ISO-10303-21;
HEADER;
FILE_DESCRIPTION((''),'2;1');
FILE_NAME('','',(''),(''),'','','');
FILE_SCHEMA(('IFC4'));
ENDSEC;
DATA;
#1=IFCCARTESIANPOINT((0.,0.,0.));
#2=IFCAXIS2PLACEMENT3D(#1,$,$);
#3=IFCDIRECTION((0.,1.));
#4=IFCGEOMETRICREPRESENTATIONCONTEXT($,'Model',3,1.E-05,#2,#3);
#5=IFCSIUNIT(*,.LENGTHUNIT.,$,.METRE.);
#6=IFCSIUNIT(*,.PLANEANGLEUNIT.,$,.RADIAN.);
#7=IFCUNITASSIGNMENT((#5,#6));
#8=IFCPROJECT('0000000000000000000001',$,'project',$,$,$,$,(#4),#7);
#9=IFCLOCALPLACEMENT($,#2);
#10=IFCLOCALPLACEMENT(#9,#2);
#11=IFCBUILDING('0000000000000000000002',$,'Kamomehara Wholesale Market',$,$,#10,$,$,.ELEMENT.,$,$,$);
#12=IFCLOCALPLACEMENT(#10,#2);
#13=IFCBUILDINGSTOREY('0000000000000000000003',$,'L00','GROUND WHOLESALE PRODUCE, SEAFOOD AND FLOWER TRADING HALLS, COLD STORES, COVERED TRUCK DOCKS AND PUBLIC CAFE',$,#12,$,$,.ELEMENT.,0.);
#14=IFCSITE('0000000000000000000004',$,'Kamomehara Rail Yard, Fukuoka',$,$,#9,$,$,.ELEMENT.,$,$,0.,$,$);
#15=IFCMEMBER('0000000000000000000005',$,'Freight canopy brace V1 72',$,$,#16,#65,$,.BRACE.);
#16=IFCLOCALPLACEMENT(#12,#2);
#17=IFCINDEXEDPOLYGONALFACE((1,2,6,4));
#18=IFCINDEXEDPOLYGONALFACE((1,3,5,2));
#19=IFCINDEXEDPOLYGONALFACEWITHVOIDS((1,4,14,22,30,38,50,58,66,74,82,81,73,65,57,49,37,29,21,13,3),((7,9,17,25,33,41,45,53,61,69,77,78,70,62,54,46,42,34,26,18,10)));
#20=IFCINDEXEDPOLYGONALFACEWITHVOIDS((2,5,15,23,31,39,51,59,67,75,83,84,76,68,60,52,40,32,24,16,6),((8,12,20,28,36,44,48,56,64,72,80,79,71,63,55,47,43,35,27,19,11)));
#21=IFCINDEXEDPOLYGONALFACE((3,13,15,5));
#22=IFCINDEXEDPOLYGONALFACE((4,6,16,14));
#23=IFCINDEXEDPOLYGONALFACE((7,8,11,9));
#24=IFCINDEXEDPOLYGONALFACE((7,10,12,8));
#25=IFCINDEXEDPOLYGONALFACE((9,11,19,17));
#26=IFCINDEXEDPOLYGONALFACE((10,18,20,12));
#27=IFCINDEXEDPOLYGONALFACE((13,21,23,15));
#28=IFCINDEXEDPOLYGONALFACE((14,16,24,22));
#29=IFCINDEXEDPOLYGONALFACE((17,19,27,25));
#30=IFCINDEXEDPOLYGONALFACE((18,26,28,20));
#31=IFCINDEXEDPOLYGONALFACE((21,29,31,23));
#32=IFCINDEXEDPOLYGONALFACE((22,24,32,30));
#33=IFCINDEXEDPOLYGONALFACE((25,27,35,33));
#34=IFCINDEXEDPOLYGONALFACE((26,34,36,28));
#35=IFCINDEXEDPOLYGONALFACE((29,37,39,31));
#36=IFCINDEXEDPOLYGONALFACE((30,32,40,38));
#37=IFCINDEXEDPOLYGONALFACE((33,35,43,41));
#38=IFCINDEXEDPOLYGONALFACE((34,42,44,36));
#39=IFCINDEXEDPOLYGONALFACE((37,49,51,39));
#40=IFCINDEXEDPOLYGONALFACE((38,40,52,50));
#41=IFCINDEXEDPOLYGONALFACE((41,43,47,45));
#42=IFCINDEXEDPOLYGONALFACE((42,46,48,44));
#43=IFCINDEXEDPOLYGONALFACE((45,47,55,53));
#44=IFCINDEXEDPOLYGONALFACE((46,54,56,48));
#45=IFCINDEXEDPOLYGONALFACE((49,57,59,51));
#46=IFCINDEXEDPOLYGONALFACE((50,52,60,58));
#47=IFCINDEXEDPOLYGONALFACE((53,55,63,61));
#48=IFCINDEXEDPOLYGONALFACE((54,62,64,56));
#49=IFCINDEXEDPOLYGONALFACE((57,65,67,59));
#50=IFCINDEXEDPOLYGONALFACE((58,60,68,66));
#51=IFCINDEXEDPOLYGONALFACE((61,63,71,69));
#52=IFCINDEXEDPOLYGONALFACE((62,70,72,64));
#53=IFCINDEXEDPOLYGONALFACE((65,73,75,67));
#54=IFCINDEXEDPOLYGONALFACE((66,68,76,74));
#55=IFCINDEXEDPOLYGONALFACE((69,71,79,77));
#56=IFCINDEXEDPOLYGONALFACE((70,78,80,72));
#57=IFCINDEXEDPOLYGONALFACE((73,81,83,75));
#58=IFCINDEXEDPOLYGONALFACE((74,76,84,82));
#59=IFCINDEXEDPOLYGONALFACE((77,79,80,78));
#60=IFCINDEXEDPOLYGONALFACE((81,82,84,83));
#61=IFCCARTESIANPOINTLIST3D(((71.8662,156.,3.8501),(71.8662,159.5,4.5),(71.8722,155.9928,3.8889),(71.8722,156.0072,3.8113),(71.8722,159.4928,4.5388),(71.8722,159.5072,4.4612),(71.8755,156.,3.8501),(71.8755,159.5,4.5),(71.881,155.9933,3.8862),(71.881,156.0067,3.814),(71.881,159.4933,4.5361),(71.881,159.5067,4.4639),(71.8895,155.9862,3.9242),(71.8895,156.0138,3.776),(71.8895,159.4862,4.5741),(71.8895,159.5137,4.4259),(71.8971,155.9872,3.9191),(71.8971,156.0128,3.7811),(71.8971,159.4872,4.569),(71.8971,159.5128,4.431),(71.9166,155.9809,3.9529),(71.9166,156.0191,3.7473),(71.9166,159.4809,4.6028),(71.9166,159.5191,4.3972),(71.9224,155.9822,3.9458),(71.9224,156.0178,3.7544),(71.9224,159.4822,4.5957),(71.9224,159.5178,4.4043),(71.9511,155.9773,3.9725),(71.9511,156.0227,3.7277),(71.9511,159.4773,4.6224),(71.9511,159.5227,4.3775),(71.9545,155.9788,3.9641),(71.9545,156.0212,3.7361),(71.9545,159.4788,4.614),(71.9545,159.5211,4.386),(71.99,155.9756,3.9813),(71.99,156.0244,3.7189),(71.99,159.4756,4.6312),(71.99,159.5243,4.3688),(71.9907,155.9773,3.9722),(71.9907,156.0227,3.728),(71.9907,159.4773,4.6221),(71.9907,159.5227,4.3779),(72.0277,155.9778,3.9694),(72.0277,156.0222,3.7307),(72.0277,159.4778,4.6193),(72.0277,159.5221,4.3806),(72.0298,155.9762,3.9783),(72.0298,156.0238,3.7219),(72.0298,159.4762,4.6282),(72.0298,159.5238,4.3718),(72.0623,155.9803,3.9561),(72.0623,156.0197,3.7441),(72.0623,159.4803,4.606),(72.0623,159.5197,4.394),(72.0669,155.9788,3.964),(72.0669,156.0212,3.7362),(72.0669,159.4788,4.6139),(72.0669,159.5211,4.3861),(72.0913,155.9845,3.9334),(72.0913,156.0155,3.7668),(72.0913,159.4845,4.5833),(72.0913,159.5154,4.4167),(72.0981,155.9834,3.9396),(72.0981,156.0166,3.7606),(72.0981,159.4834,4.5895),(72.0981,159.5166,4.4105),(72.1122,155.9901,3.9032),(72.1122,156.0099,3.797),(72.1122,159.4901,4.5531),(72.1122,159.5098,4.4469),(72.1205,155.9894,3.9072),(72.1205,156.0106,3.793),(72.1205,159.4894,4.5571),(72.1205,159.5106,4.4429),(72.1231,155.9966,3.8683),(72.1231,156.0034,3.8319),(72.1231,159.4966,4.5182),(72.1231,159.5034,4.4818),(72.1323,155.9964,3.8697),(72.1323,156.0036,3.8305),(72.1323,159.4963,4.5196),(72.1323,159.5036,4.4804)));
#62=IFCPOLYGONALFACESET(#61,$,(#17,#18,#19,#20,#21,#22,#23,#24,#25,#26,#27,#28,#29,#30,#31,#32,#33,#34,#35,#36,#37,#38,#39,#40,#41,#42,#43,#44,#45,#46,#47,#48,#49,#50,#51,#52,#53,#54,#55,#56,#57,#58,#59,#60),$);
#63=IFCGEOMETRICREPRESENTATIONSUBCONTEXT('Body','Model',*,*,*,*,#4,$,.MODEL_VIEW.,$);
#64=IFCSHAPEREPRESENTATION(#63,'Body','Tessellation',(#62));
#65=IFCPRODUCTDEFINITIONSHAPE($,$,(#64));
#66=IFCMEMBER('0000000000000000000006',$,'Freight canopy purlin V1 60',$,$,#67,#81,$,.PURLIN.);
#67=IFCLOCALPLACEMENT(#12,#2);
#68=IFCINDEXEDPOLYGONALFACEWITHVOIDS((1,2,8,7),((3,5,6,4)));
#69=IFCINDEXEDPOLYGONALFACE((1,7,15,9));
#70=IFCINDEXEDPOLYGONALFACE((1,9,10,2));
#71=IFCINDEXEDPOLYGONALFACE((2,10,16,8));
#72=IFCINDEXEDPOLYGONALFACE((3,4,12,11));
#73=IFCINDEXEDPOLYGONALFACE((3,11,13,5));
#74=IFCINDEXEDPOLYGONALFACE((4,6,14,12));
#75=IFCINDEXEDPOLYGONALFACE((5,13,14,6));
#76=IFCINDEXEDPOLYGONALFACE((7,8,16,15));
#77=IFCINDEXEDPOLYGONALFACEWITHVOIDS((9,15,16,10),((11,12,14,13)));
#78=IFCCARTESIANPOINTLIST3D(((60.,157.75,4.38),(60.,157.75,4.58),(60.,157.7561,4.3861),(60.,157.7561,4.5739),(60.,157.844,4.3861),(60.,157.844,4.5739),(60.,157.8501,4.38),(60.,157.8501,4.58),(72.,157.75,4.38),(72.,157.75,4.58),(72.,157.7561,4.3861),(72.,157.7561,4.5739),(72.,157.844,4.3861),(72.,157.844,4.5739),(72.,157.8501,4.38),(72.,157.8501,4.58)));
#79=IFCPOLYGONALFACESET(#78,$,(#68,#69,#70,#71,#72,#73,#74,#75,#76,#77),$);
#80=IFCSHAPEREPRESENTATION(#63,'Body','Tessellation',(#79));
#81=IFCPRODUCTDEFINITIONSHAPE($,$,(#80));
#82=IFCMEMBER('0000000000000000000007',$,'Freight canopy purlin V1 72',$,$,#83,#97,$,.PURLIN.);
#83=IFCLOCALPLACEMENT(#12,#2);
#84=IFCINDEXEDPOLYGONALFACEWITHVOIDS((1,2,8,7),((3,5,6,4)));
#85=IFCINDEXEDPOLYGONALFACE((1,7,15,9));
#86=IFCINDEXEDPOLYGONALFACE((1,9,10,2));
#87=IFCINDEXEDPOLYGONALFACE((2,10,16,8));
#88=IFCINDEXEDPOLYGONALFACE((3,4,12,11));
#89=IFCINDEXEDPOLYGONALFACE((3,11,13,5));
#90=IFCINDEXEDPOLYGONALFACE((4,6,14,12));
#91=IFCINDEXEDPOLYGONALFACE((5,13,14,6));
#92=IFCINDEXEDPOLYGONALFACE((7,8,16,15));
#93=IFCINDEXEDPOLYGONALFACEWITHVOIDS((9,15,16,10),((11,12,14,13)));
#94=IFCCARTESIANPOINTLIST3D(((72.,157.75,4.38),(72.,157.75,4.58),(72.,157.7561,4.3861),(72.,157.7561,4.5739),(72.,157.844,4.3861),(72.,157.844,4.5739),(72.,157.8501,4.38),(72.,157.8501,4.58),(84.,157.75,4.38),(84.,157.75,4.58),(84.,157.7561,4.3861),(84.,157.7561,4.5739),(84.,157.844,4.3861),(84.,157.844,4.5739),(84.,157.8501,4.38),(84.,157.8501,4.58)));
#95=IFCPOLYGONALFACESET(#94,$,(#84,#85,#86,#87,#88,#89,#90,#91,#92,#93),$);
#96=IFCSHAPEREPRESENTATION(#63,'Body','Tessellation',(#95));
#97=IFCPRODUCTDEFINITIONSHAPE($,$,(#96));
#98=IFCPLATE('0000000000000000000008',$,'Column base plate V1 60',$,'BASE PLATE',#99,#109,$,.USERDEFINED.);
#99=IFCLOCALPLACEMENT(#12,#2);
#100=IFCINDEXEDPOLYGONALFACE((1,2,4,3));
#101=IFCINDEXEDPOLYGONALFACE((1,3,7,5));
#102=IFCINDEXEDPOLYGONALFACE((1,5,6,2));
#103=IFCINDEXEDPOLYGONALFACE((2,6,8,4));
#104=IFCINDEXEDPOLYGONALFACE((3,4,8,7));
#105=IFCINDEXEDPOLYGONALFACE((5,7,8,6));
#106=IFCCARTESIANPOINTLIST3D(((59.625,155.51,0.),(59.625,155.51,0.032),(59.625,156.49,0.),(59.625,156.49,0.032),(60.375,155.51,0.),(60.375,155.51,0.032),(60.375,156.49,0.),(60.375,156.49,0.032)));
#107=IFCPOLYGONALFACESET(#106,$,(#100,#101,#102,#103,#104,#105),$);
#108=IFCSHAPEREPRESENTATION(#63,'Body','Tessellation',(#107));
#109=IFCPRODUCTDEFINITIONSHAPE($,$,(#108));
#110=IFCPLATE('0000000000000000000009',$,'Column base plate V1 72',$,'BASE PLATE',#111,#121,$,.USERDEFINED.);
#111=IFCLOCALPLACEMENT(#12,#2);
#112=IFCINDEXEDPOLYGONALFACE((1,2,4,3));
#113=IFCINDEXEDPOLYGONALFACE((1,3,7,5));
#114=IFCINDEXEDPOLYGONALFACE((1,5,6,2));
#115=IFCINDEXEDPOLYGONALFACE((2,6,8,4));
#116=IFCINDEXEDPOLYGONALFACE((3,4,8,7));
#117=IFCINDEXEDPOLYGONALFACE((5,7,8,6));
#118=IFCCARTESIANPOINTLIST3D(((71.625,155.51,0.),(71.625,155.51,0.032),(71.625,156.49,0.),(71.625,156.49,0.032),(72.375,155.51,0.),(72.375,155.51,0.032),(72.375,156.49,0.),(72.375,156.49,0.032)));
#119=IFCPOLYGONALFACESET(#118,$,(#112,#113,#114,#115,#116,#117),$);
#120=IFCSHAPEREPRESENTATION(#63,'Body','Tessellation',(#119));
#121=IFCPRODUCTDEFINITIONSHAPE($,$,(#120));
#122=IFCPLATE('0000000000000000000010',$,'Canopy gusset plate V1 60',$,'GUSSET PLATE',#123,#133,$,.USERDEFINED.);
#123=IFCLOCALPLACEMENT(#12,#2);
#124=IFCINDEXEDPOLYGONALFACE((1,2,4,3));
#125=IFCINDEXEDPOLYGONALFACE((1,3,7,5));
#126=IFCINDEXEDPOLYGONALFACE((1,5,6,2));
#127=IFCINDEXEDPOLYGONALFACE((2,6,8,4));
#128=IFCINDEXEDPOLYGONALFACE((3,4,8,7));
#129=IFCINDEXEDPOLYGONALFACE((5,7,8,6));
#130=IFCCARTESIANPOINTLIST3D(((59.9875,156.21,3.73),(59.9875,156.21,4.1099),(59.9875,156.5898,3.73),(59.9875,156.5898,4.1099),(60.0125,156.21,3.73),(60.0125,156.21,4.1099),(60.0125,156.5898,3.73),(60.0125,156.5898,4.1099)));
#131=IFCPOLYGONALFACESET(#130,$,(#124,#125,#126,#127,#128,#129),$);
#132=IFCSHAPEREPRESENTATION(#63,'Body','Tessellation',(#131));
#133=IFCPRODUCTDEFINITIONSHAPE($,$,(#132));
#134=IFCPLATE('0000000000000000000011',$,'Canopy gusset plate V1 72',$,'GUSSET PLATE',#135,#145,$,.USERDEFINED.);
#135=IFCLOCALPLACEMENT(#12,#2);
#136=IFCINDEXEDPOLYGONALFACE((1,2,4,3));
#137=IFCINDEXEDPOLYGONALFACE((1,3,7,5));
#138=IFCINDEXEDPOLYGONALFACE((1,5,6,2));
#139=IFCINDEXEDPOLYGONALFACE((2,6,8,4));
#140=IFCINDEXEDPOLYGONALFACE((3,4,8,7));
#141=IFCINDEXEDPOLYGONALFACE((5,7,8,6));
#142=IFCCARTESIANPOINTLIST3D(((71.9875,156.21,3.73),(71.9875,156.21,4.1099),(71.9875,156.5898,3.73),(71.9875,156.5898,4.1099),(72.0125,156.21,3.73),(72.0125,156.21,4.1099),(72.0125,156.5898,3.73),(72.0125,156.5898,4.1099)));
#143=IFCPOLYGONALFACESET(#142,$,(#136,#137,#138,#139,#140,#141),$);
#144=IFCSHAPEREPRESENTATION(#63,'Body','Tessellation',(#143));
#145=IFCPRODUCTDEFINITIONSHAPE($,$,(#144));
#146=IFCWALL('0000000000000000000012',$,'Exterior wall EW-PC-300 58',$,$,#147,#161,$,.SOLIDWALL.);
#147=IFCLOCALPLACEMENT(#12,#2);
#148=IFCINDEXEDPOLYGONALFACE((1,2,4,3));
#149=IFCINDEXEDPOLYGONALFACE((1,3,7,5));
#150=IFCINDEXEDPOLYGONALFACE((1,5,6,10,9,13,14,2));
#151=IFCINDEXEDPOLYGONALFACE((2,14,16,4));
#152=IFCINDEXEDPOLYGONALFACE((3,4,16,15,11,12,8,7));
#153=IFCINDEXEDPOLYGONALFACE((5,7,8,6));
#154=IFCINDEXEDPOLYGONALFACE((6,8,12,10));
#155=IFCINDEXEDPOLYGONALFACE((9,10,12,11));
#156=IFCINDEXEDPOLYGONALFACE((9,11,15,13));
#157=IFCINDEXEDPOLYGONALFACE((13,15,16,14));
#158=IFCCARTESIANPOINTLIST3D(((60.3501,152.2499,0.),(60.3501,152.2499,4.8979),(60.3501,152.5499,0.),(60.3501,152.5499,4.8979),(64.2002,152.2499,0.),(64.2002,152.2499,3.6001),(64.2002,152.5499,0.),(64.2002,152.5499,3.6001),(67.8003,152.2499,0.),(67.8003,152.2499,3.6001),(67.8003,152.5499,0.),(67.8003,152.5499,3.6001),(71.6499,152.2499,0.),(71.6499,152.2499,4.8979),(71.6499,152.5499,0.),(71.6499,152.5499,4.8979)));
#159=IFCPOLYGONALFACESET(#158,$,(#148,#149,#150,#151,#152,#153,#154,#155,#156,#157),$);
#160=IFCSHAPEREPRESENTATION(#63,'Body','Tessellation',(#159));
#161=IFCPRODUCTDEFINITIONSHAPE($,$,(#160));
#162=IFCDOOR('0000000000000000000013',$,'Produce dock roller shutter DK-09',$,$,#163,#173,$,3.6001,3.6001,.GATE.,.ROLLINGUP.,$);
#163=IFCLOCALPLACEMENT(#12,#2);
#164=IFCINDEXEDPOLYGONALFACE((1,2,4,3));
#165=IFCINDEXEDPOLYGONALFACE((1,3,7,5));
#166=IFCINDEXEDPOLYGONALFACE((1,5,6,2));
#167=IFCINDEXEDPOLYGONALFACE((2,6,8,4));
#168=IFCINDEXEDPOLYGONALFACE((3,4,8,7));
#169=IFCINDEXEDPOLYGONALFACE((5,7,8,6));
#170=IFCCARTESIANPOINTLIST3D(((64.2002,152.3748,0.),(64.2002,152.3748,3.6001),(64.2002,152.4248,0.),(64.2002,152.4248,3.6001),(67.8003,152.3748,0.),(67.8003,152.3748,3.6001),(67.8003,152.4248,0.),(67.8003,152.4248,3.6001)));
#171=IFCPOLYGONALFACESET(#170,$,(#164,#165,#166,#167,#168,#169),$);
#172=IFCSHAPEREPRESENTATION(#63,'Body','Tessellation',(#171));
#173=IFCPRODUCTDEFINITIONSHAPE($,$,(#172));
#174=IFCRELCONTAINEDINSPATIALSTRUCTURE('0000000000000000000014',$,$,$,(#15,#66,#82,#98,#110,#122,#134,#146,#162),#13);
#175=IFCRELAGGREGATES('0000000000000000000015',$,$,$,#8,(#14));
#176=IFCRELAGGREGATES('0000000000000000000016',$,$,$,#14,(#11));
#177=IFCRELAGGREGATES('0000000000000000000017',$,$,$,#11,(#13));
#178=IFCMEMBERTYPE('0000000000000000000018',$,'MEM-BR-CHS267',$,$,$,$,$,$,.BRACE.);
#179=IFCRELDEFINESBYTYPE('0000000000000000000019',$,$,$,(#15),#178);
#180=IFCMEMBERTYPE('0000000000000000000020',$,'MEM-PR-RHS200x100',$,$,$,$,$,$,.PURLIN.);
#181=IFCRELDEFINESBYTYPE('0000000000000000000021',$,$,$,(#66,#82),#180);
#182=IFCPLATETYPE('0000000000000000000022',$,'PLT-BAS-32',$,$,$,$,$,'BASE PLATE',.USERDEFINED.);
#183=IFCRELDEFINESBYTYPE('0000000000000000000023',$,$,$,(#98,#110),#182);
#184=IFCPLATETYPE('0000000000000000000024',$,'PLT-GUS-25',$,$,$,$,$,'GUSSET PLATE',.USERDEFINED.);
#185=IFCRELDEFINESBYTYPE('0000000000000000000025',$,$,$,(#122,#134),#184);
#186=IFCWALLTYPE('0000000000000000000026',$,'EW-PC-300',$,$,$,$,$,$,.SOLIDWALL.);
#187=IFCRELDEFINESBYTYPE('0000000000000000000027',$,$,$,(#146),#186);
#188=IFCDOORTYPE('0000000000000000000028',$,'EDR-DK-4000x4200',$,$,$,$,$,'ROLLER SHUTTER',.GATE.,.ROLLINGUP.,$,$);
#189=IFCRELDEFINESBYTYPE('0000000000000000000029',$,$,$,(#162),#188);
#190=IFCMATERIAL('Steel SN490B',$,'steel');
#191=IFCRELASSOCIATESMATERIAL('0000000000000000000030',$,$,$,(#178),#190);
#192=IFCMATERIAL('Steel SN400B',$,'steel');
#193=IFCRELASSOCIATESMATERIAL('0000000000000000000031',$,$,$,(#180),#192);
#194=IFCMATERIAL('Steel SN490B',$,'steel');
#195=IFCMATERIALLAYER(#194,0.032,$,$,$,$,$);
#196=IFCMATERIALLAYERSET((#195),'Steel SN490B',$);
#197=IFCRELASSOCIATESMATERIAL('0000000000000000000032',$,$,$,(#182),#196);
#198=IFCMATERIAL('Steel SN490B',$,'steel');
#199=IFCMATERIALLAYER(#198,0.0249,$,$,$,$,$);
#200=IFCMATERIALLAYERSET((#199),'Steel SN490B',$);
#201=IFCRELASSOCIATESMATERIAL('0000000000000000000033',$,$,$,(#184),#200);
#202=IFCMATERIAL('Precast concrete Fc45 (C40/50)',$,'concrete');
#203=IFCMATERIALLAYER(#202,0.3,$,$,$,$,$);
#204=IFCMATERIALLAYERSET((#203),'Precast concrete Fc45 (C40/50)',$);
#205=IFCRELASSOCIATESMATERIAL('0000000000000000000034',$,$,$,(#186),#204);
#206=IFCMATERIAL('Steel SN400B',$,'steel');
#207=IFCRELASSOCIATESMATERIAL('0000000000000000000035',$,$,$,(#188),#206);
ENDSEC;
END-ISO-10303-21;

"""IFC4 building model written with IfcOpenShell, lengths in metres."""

from ifc_helpers import new_model, si_unit, direction, frame, frame_2d, origin, origin_2d, place, context, subcontext, project, spatial, rectangle, hollow_rectangle, hollow_circle, extrude, material, layer, layer_set, material_profile, profile_set, type_object, element, fill, save


model = new_model("IFC4")

# Units and contexts
model_context = context("Model", 3, precision=1e-05, world=origin(), true_north=direction((0.0, 1.0)))
body_context = subcontext(model_context, "Body", "Model", "MODEL_VIEW")
ifc_project = project(units=[si_unit("LENGTHUNIT", "METRE"), si_unit("PLANEANGLEUNIT", "RADIAN")], contexts=[model_context])

# Site, building, storey
site_placement = place(None, origin())
site = spatial("IfcSite", under=ifc_project, at=site_placement, Name="Kamomehara Rail Yard, Fukuoka", CompositionType="ELEMENT", RefElevation=0.0)
building_placement = place(site_placement, origin())
building = spatial("IfcBuilding", under=site, at=building_placement, Name="Kamomehara Wholesale Market", CompositionType="ELEMENT")
storey_placement = place(building_placement, origin())
storey = spatial("IfcBuildingStorey", under=building, at=storey_placement, Name="L00", Description="GROUND WHOLESALE PRODUCE, SEAFOOD AND FLOWER TRADING HALLS, COLD STORES, COVERED TRUCK DOCKS AND PUBLIC CAFE", CompositionType="ELEMENT", Elevation=0.0)

# Members
ifc_material_1 = material(Name="Steel SN490B", Category="steel")
ifc_material_profile_1 = material_profile(ifc_material_1, hollow_circle(Radius=0.1338, WallThickness=0.0093, at=origin_2d()), Name="CHS-267.4x9.3")
ifc_profile_set_1 = profile_set([ifc_material_profile_1], Name="Steel SN490B")
member_type_1 = type_object("IfcMemberType", Name="MEM-BR-CHS267", PredefinedType="BRACE", material=ifc_profile_set_1)
for number, where, z_axis, x_axis, name in (
    (1, (72.0, 156.0, 3.8501), (0.0, 0.983194, 0.182566), (-1.0, 0.0, 0.0), "Freight canopy brace V1 72"),
):
    element("IfcMember", number, at=place(storey_placement, frame(where, z_axis=z_axis, x_axis=x_axis)), inside=storey, type_object=member_type_1, Name=name, PredefinedType="BRACE", context=body_context, shape_type="SweptSolid", body=[
        extrude(hollow_circle(Radius=0.1338, WallThickness=0.0093, at=origin_2d()), origin(), (0.0, 0.0, 1.0), 3.5598),
    ])
ifc_material_2 = material(Name="Steel SN400B", Category="steel")
ifc_material_profile_2 = material_profile(ifc_material_2, hollow_rectangle(XDim=0.1001, YDim=0.2, WallThickness=0.0061, at=origin_2d()), Name="RHS-200x100x6")
ifc_profile_set_2 = profile_set([ifc_material_profile_2], Name="Steel SN400B")
member_type_2 = type_object("IfcMemberType", Name="MEM-PR-RHS200x100", PredefinedType="PURLIN", material=ifc_profile_set_2)
for number, where, z_axis, x_axis, name in (
    (2, (60.0, 157.8, 4.48), (1.0, 0.0, 0.0), (0.0, 1.0, 0.0), "Freight canopy purlin V1 60"),
    (3, (72.0, 157.8, 4.48), (1.0, 0.0, 0.0), (0.0, 1.0, 0.0), "Freight canopy purlin V1 72"),
):
    element("IfcMember", number, at=place(storey_placement, frame(where, z_axis=z_axis, x_axis=x_axis)), inside=storey, type_object=member_type_2, Name=name, PredefinedType="PURLIN", context=body_context, shape_type="SweptSolid", body=[
        extrude(hollow_rectangle(XDim=0.1001, YDim=0.2, WallThickness=0.0061, at=origin_2d()), origin(), (0.0, 0.0, 1.0), 12.0),
    ])

# Plates
ifc_material_3 = material(Name="Steel SN490B", Category="steel")
ifc_layer_1 = layer(ifc_material_3, 0.032)
ifc_layer_set_1 = layer_set([ifc_layer_1], Name="Steel SN490B")
plate_type_1 = type_object("IfcPlateType", Name="PLT-BAS-32", ElementType="BASE PLATE", PredefinedType="USERDEFINED", material=ifc_layer_set_1)
for number, where, z_axis, x_axis, name in (
    (4, (60.0, 156.0, 0.0), (0.0, 0.0, 1.0), (1.0, 0.0, 0.0), "Column base plate V1 60"),
    (5, (72.0, 156.0, 0.0), (0.0, 0.0, 1.0), (1.0, 0.0, 0.0), "Column base plate V1 72"),
):
    element("IfcPlate", number, at=place(storey_placement, frame(where, z_axis=z_axis, x_axis=x_axis)), inside=storey, type_object=plate_type_1, Name=name, ObjectType="BASE PLATE", PredefinedType="USERDEFINED", context=body_context, shape_type="SweptSolid", body=[
        extrude(rectangle(XDim=0.75, YDim=0.98, at=origin_2d()), origin(), (0.0, 0.0, 1.0), 0.032),
    ])
ifc_material_4 = material(Name="Steel SN490B", Category="steel")
ifc_layer_2 = layer(ifc_material_4, 0.0249)
ifc_layer_set_2 = layer_set([ifc_layer_2], Name="Steel SN490B")
plate_type_2 = type_object("IfcPlateType", Name="PLT-GUS-25", ElementType="GUSSET PLATE", PredefinedType="USERDEFINED", material=ifc_layer_set_2)
for number, where, z_axis, x_axis, name in (
    (6, (60.0, 156.3999, 3.73), (0.0, 0.0, 1.0), (1.0, 0.0, 0.0), "Canopy gusset plate V1 60"),
    (7, (72.0, 156.3999, 3.73), (0.0, 0.0, 1.0), (1.0, 0.0, 0.0), "Canopy gusset plate V1 72"),
):
    element("IfcPlate", number, at=place(storey_placement, frame(where, z_axis=z_axis, x_axis=x_axis)), inside=storey, type_object=plate_type_2, Name=name, ObjectType="GUSSET PLATE", PredefinedType="USERDEFINED", context=body_context, shape_type="SweptSolid", body=[
        extrude(rectangle(XDim=0.0249, YDim=0.3799, at=origin_2d()), origin(), (0.0, 0.0, 1.0), 0.3799),
    ])

# Wall, opening, door
ifc_material_5 = material(Name="Precast concrete Fc45 (C40/50)", Category="concrete")
ifc_layer_3 = layer(ifc_material_5, 0.3)
ifc_layer_set_3 = layer_set([ifc_layer_3], Name="Precast concrete Fc45 (C40/50)")
wall_type = type_object("IfcWallType", Name="EW-PC-300", PredefinedType="SOLIDWALL", material=ifc_layer_set_3)
wall_1_placement = place(storey_placement, frame((60.3501, 152.3999, 0.0), z_axis=(0.0, 0.0, 1.0), x_axis=(1.0, 0.0, 0.0)))
wall_1 = element("IfcWall", 8, at=wall_1_placement, inside=storey, type_object=wall_type, Name="Exterior wall EW-PC-300 58", PredefinedType="SOLIDWALL", context=body_context, shape_type="SweptSolid", body=[
    extrude(rectangle(XDim=11.2998, YDim=0.3, at=frame_2d((5.6499, 0.0))), origin(), (0.0, 0.0, 1.0), 4.8979),
])
opening_1_placement = place(wall_1_placement, frame((3.8501, 0.0, 0.0)))
opening_1 = element("IfcOpeningElement", 9, at=opening_1_placement, cuts=wall_1, PredefinedType="OPENING", context=body_context, shape_type="SweptSolid", body=[
    extrude(rectangle(XDim=3.6001, YDim=3.6001, at=frame_2d((1.8, 1.8))), frame((0.0, 0.165, 0.0), z_axis=(0.0, -1.0, 0.0), x_axis=(1.0, 0.0, 0.0)), (0.0, 0.0, 1.0), 0.3298),
])
ifc_material_6 = material(Name="Steel SN400B", Category="steel")
door_type_1 = type_object("IfcDoorType", Name="EDR-DK-4000x4200", ElementType="ROLLER SHUTTER", OperationType="ROLLINGUP", PredefinedType="GATE", material=ifc_material_6)
door_1_placement = place(opening_1_placement, origin())
door_1 = element("IfcDoor", 10, at=door_1_placement, inside=storey, type_object=door_type_1, Name="Produce dock roller shutter DK-09", OperationType="ROLLINGUP", OverallHeight=3.6001, OverallWidth=3.6001, PredefinedType="GATE", context=body_context, shape_type="SweptSolid", body=[
    extrude(rectangle(XDim=3.6001, YDim=3.6001, at=frame_2d((1.8, 1.8))), frame((0.0, 0.0249, 0.0), z_axis=(0.0, -1.0, 0.0), x_axis=(1.0, 0.0, 0.0)), (0.0, 0.0, 1.0), 0.05),
])
fill(opening_1, door_1)

save(model, "model.ifc")
